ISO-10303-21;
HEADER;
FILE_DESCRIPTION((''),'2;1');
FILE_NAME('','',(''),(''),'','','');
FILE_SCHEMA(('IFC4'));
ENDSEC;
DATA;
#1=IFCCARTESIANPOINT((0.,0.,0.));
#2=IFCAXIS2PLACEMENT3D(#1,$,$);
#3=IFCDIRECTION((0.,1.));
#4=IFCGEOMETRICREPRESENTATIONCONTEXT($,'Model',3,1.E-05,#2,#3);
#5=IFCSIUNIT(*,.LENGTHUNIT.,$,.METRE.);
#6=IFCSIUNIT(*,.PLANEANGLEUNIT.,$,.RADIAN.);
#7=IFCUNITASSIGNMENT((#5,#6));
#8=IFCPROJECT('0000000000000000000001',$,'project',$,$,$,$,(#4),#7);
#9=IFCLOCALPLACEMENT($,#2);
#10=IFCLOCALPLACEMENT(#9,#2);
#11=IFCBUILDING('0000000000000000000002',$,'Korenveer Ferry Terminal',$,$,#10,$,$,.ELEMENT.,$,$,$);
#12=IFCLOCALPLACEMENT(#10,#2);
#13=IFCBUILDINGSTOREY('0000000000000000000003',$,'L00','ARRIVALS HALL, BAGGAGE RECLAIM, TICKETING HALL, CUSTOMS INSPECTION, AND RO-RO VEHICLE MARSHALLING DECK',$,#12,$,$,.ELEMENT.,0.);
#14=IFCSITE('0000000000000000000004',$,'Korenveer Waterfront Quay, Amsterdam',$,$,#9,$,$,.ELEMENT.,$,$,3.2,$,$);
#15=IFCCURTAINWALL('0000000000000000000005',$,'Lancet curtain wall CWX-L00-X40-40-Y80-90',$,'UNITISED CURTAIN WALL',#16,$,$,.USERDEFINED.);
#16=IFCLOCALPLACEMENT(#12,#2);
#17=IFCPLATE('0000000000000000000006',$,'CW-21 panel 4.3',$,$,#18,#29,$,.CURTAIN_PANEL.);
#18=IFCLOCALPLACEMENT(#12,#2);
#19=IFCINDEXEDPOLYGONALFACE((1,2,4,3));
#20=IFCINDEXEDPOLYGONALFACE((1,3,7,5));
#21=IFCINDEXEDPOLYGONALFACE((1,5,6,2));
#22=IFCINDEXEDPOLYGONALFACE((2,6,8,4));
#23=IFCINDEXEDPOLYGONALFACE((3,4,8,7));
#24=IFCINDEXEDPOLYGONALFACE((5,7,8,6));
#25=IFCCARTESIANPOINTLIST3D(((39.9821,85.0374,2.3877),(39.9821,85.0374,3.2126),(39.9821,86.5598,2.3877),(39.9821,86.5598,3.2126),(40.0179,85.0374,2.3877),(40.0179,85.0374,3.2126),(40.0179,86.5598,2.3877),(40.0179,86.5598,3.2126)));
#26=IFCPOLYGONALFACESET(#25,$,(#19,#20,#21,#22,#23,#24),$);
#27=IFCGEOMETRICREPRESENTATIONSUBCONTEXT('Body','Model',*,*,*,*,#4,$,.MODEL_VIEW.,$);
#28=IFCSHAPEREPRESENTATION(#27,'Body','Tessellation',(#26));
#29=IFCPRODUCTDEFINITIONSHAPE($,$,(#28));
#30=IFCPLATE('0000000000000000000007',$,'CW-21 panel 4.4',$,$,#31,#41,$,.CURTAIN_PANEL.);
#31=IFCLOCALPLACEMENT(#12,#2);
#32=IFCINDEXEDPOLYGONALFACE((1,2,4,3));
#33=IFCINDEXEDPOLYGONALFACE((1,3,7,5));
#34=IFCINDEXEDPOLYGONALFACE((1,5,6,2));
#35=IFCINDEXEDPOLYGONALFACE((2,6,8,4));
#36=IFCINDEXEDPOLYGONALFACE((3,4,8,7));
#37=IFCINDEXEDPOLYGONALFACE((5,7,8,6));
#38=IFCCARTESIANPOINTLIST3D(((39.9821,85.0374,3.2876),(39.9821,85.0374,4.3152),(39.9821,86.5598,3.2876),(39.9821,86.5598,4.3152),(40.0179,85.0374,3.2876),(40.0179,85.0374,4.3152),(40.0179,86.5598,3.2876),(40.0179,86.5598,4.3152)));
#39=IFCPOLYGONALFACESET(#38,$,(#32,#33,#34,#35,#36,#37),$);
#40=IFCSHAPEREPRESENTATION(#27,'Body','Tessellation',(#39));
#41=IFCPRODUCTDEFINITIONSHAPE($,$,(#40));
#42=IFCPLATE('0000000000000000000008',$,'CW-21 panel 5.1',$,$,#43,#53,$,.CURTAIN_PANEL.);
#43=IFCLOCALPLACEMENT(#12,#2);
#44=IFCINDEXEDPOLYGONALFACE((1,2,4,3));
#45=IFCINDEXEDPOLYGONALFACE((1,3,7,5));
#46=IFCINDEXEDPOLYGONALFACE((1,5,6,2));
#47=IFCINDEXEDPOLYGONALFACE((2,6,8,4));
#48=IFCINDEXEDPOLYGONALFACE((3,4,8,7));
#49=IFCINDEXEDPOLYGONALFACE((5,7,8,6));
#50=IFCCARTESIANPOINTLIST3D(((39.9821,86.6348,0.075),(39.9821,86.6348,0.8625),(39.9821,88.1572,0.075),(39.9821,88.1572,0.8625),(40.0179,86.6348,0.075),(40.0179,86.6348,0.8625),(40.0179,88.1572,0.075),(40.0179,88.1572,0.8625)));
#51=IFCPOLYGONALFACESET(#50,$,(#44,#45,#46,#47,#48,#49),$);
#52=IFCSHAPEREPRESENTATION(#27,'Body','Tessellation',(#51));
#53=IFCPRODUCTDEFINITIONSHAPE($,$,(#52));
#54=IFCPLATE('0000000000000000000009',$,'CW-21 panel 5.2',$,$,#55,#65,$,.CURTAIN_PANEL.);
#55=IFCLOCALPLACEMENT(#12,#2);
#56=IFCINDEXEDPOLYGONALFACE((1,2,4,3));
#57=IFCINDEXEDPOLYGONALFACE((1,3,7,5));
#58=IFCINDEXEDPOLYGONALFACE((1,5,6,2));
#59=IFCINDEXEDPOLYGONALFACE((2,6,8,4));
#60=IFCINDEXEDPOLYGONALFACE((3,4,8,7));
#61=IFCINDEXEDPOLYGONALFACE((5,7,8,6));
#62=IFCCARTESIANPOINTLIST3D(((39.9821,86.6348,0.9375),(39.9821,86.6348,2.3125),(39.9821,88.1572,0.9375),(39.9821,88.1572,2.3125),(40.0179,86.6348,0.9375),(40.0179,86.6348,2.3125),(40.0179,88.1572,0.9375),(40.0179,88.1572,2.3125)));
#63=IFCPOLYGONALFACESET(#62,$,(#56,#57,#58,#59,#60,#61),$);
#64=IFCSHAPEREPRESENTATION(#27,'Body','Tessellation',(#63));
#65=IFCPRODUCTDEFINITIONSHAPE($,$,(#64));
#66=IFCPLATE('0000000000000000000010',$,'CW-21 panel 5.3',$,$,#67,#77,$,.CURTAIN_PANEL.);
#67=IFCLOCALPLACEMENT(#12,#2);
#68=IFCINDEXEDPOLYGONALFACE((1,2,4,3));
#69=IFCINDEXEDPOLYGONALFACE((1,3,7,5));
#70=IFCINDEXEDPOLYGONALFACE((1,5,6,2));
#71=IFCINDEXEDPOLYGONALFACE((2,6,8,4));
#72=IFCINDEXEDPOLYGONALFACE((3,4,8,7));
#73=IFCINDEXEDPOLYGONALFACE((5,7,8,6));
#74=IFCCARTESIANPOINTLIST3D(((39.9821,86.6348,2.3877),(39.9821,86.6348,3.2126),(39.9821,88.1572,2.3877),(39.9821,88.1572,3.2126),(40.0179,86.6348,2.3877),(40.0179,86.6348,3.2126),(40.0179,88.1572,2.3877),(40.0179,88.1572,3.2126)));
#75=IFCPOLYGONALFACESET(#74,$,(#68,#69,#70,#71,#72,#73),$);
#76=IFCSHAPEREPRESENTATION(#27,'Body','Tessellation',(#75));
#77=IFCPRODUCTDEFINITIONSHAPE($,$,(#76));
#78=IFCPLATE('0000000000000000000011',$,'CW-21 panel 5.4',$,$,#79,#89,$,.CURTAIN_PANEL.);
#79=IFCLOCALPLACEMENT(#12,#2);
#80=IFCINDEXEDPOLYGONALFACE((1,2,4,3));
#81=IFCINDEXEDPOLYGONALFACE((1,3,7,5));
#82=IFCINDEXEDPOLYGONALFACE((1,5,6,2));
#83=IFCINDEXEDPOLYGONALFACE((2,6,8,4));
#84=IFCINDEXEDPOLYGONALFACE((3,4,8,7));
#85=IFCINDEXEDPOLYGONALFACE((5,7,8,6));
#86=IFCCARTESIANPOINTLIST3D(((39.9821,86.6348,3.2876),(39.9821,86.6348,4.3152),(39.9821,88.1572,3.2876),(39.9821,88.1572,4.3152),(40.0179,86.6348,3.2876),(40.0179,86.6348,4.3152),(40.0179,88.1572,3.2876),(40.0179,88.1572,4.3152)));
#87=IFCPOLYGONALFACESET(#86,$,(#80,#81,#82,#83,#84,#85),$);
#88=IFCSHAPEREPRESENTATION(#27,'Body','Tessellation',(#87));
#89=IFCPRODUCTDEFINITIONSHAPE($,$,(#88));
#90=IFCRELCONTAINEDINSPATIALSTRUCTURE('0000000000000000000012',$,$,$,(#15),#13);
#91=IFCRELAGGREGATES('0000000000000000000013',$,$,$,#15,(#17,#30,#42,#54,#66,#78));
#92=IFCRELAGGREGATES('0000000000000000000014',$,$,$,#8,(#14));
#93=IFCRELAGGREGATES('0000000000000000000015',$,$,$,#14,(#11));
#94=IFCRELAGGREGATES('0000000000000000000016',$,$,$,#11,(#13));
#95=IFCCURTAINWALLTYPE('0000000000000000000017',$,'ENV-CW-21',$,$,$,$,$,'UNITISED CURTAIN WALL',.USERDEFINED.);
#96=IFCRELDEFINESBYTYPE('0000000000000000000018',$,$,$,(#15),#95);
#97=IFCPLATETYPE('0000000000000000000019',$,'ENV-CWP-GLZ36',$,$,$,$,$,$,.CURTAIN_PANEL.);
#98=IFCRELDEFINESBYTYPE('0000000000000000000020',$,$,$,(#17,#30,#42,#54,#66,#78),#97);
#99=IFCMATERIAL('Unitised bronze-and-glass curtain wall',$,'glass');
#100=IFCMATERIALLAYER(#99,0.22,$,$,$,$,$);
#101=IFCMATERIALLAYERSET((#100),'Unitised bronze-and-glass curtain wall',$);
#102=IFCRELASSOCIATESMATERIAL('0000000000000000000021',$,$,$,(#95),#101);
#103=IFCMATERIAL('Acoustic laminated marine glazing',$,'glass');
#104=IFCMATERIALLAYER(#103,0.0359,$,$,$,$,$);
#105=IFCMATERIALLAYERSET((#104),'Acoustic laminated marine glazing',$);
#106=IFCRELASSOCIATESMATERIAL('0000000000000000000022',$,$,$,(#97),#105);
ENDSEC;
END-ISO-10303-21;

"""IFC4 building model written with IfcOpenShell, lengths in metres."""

from ifc_helpers import new_model, si_unit, direction, frame, origin, origin_2d, place, context, subcontext, project, spatial, rectangle, extrude, material, layer, layer_set, type_object, element, aggregate, save


model = new_model("IFC4")

# Units and contexts
model_context = context("Model", 3, precision=1e-05, world=origin(), true_north=direction((0.0, 1.0)))
body_context = subcontext(model_context, "Body", "Model", "MODEL_VIEW")
ifc_project = project(units=[si_unit("LENGTHUNIT", "METRE"), si_unit("PLANEANGLEUNIT", "RADIAN")], contexts=[model_context])

# Site, building, storey
site_placement = place(None, origin())
site = spatial("IfcSite", under=ifc_project, at=site_placement, Name="Korenveer Waterfront Quay, Amsterdam", CompositionType="ELEMENT", RefElevation=3.2)
building_placement = place(site_placement, origin())
building = spatial("IfcBuilding", under=site, at=building_placement, Name="Korenveer Ferry Terminal", CompositionType="ELEMENT")
storey_placement = place(building_placement, origin())
storey = spatial("IfcBuildingStorey", under=building, at=storey_placement, Name="L00", Description="ARRIVALS HALL, BAGGAGE RECLAIM, TICKETING HALL, CUSTOMS INSPECTION, AND RO-RO VEHICLE MARSHALLING DECK", CompositionType="ELEMENT", Elevation=0.0)

# Curtain wall, plates
ifc_material_1 = material(Name="Unitised bronze-and-glass curtain wall", Category="glass")
ifc_layer_1 = layer(ifc_material_1, 0.22)
ifc_layer_set_1 = layer_set([ifc_layer_1], Name="Unitised bronze-and-glass curtain wall")
curtain_wall_type = type_object("IfcCurtainWallType", Name="ENV-CW-21", ElementType="UNITISED CURTAIN WALL", PredefinedType="USERDEFINED", material=ifc_layer_set_1)
curtain_wall_placement = place(storey_placement, frame((40.0, 80.2078, 0.0)))
curtain_wall = element("IfcCurtainWall", 1, at=curtain_wall_placement, inside=storey, type_object=curtain_wall_type, Name="Lancet curtain wall CWX-L00-X40-40-Y80-90", ObjectType="UNITISED CURTAIN WALL", PredefinedType="USERDEFINED")
ifc_material_2 = material(Name="Acoustic laminated marine glazing", Category="glass")
ifc_layer_2 = layer(ifc_material_2, 0.0359)
ifc_layer_set_2 = layer_set([ifc_layer_2], Name="Acoustic laminated marine glazing")
plate_type = type_object("IfcPlateType", Name="ENV-CWP-GLZ36", PredefinedType="CURTAIN_PANEL", material=ifc_layer_set_2)
plate_1_placement = place(storey_placement, frame((40.0, 85.7986, 2.3877), z_axis=(0.0, 0.0, 1.0), x_axis=(0.0, 1.0, 0.0)))
plate_1 = element("IfcPlate", 2, at=plate_1_placement, type_object=plate_type, Name="CW-21 panel 4.3", PredefinedType="CURTAIN_PANEL", context=body_context, shape_type="SweptSolid", body=[
    extrude(rectangle(XDim=1.5225, YDim=0.0359, at=origin_2d()), origin(), (0.0, 0.0, 1.0), 0.825),
])
plate_2_placement = place(storey_placement, frame((40.0, 85.7986, 3.2876), z_axis=(0.0, 0.0, 1.0), x_axis=(0.0, 1.0, 0.0)))
plate_2 = element("IfcPlate", 3, at=plate_2_placement, type_object=plate_type, Name="CW-21 panel 4.4", PredefinedType="CURTAIN_PANEL", context=body_context, shape_type="SweptSolid", body=[
    extrude(rectangle(XDim=1.5225, YDim=0.0359, at=origin_2d()), origin(), (0.0, 0.0, 1.0), 1.0276),
])
plate_3_placement = place(storey_placement, frame((40.0, 87.396, 0.075), z_axis=(0.0, 0.0, 1.0), x_axis=(0.0, 1.0, 0.0)))
plate_3 = element("IfcPlate", 4, at=plate_3_placement, type_object=plate_type, Name="CW-21 panel 5.1", PredefinedType="CURTAIN_PANEL", context=body_context, shape_type="SweptSolid", body=[
    extrude(rectangle(XDim=1.5225, YDim=0.0359, at=origin_2d()), origin(), (0.0, 0.0, 1.0), 0.7876),
])
plate_4_placement = place(storey_placement, frame((40.0, 87.396, 0.9375), z_axis=(0.0, 0.0, 1.0), x_axis=(0.0, 1.0, 0.0)))
plate_4 = element("IfcPlate", 5, at=plate_4_placement, type_object=plate_type, Name="CW-21 panel 5.2", PredefinedType="CURTAIN_PANEL", context=body_context, shape_type="SweptSolid", body=[
    extrude(rectangle(XDim=1.5225, YDim=0.0359, at=origin_2d()), origin(), (0.0, 0.0, 1.0), 1.375),
])
plate_5_placement = place(storey_placement, frame((40.0, 87.396, 2.3877), z_axis=(0.0, 0.0, 1.0), x_axis=(0.0, 1.0, 0.0)))
plate_5 = element("IfcPlate", 6, at=plate_5_placement, type_object=plate_type, Name="CW-21 panel 5.3", PredefinedType="CURTAIN_PANEL", context=body_context, shape_type="SweptSolid", body=[
    extrude(rectangle(XDim=1.5225, YDim=0.0359, at=origin_2d()), origin(), (0.0, 0.0, 1.0), 0.825),
])
plate_6_placement = place(storey_placement, frame((40.0, 87.396, 3.2876), z_axis=(0.0, 0.0, 1.0), x_axis=(0.0, 1.0, 0.0)))
plate_6 = element("IfcPlate", 7, at=plate_6_placement, type_object=plate_type, Name="CW-21 panel 5.4", PredefinedType="CURTAIN_PANEL", context=body_context, shape_type="SweptSolid", body=[
    extrude(rectangle(XDim=1.5225, YDim=0.0359, at=origin_2d()), origin(), (0.0, 0.0, 1.0), 1.0276),
])
aggregate(curtain_wall, [plate_1, plate_2, plate_3, plate_4, plate_5, plate_6])

save(model, "model.ifc")
